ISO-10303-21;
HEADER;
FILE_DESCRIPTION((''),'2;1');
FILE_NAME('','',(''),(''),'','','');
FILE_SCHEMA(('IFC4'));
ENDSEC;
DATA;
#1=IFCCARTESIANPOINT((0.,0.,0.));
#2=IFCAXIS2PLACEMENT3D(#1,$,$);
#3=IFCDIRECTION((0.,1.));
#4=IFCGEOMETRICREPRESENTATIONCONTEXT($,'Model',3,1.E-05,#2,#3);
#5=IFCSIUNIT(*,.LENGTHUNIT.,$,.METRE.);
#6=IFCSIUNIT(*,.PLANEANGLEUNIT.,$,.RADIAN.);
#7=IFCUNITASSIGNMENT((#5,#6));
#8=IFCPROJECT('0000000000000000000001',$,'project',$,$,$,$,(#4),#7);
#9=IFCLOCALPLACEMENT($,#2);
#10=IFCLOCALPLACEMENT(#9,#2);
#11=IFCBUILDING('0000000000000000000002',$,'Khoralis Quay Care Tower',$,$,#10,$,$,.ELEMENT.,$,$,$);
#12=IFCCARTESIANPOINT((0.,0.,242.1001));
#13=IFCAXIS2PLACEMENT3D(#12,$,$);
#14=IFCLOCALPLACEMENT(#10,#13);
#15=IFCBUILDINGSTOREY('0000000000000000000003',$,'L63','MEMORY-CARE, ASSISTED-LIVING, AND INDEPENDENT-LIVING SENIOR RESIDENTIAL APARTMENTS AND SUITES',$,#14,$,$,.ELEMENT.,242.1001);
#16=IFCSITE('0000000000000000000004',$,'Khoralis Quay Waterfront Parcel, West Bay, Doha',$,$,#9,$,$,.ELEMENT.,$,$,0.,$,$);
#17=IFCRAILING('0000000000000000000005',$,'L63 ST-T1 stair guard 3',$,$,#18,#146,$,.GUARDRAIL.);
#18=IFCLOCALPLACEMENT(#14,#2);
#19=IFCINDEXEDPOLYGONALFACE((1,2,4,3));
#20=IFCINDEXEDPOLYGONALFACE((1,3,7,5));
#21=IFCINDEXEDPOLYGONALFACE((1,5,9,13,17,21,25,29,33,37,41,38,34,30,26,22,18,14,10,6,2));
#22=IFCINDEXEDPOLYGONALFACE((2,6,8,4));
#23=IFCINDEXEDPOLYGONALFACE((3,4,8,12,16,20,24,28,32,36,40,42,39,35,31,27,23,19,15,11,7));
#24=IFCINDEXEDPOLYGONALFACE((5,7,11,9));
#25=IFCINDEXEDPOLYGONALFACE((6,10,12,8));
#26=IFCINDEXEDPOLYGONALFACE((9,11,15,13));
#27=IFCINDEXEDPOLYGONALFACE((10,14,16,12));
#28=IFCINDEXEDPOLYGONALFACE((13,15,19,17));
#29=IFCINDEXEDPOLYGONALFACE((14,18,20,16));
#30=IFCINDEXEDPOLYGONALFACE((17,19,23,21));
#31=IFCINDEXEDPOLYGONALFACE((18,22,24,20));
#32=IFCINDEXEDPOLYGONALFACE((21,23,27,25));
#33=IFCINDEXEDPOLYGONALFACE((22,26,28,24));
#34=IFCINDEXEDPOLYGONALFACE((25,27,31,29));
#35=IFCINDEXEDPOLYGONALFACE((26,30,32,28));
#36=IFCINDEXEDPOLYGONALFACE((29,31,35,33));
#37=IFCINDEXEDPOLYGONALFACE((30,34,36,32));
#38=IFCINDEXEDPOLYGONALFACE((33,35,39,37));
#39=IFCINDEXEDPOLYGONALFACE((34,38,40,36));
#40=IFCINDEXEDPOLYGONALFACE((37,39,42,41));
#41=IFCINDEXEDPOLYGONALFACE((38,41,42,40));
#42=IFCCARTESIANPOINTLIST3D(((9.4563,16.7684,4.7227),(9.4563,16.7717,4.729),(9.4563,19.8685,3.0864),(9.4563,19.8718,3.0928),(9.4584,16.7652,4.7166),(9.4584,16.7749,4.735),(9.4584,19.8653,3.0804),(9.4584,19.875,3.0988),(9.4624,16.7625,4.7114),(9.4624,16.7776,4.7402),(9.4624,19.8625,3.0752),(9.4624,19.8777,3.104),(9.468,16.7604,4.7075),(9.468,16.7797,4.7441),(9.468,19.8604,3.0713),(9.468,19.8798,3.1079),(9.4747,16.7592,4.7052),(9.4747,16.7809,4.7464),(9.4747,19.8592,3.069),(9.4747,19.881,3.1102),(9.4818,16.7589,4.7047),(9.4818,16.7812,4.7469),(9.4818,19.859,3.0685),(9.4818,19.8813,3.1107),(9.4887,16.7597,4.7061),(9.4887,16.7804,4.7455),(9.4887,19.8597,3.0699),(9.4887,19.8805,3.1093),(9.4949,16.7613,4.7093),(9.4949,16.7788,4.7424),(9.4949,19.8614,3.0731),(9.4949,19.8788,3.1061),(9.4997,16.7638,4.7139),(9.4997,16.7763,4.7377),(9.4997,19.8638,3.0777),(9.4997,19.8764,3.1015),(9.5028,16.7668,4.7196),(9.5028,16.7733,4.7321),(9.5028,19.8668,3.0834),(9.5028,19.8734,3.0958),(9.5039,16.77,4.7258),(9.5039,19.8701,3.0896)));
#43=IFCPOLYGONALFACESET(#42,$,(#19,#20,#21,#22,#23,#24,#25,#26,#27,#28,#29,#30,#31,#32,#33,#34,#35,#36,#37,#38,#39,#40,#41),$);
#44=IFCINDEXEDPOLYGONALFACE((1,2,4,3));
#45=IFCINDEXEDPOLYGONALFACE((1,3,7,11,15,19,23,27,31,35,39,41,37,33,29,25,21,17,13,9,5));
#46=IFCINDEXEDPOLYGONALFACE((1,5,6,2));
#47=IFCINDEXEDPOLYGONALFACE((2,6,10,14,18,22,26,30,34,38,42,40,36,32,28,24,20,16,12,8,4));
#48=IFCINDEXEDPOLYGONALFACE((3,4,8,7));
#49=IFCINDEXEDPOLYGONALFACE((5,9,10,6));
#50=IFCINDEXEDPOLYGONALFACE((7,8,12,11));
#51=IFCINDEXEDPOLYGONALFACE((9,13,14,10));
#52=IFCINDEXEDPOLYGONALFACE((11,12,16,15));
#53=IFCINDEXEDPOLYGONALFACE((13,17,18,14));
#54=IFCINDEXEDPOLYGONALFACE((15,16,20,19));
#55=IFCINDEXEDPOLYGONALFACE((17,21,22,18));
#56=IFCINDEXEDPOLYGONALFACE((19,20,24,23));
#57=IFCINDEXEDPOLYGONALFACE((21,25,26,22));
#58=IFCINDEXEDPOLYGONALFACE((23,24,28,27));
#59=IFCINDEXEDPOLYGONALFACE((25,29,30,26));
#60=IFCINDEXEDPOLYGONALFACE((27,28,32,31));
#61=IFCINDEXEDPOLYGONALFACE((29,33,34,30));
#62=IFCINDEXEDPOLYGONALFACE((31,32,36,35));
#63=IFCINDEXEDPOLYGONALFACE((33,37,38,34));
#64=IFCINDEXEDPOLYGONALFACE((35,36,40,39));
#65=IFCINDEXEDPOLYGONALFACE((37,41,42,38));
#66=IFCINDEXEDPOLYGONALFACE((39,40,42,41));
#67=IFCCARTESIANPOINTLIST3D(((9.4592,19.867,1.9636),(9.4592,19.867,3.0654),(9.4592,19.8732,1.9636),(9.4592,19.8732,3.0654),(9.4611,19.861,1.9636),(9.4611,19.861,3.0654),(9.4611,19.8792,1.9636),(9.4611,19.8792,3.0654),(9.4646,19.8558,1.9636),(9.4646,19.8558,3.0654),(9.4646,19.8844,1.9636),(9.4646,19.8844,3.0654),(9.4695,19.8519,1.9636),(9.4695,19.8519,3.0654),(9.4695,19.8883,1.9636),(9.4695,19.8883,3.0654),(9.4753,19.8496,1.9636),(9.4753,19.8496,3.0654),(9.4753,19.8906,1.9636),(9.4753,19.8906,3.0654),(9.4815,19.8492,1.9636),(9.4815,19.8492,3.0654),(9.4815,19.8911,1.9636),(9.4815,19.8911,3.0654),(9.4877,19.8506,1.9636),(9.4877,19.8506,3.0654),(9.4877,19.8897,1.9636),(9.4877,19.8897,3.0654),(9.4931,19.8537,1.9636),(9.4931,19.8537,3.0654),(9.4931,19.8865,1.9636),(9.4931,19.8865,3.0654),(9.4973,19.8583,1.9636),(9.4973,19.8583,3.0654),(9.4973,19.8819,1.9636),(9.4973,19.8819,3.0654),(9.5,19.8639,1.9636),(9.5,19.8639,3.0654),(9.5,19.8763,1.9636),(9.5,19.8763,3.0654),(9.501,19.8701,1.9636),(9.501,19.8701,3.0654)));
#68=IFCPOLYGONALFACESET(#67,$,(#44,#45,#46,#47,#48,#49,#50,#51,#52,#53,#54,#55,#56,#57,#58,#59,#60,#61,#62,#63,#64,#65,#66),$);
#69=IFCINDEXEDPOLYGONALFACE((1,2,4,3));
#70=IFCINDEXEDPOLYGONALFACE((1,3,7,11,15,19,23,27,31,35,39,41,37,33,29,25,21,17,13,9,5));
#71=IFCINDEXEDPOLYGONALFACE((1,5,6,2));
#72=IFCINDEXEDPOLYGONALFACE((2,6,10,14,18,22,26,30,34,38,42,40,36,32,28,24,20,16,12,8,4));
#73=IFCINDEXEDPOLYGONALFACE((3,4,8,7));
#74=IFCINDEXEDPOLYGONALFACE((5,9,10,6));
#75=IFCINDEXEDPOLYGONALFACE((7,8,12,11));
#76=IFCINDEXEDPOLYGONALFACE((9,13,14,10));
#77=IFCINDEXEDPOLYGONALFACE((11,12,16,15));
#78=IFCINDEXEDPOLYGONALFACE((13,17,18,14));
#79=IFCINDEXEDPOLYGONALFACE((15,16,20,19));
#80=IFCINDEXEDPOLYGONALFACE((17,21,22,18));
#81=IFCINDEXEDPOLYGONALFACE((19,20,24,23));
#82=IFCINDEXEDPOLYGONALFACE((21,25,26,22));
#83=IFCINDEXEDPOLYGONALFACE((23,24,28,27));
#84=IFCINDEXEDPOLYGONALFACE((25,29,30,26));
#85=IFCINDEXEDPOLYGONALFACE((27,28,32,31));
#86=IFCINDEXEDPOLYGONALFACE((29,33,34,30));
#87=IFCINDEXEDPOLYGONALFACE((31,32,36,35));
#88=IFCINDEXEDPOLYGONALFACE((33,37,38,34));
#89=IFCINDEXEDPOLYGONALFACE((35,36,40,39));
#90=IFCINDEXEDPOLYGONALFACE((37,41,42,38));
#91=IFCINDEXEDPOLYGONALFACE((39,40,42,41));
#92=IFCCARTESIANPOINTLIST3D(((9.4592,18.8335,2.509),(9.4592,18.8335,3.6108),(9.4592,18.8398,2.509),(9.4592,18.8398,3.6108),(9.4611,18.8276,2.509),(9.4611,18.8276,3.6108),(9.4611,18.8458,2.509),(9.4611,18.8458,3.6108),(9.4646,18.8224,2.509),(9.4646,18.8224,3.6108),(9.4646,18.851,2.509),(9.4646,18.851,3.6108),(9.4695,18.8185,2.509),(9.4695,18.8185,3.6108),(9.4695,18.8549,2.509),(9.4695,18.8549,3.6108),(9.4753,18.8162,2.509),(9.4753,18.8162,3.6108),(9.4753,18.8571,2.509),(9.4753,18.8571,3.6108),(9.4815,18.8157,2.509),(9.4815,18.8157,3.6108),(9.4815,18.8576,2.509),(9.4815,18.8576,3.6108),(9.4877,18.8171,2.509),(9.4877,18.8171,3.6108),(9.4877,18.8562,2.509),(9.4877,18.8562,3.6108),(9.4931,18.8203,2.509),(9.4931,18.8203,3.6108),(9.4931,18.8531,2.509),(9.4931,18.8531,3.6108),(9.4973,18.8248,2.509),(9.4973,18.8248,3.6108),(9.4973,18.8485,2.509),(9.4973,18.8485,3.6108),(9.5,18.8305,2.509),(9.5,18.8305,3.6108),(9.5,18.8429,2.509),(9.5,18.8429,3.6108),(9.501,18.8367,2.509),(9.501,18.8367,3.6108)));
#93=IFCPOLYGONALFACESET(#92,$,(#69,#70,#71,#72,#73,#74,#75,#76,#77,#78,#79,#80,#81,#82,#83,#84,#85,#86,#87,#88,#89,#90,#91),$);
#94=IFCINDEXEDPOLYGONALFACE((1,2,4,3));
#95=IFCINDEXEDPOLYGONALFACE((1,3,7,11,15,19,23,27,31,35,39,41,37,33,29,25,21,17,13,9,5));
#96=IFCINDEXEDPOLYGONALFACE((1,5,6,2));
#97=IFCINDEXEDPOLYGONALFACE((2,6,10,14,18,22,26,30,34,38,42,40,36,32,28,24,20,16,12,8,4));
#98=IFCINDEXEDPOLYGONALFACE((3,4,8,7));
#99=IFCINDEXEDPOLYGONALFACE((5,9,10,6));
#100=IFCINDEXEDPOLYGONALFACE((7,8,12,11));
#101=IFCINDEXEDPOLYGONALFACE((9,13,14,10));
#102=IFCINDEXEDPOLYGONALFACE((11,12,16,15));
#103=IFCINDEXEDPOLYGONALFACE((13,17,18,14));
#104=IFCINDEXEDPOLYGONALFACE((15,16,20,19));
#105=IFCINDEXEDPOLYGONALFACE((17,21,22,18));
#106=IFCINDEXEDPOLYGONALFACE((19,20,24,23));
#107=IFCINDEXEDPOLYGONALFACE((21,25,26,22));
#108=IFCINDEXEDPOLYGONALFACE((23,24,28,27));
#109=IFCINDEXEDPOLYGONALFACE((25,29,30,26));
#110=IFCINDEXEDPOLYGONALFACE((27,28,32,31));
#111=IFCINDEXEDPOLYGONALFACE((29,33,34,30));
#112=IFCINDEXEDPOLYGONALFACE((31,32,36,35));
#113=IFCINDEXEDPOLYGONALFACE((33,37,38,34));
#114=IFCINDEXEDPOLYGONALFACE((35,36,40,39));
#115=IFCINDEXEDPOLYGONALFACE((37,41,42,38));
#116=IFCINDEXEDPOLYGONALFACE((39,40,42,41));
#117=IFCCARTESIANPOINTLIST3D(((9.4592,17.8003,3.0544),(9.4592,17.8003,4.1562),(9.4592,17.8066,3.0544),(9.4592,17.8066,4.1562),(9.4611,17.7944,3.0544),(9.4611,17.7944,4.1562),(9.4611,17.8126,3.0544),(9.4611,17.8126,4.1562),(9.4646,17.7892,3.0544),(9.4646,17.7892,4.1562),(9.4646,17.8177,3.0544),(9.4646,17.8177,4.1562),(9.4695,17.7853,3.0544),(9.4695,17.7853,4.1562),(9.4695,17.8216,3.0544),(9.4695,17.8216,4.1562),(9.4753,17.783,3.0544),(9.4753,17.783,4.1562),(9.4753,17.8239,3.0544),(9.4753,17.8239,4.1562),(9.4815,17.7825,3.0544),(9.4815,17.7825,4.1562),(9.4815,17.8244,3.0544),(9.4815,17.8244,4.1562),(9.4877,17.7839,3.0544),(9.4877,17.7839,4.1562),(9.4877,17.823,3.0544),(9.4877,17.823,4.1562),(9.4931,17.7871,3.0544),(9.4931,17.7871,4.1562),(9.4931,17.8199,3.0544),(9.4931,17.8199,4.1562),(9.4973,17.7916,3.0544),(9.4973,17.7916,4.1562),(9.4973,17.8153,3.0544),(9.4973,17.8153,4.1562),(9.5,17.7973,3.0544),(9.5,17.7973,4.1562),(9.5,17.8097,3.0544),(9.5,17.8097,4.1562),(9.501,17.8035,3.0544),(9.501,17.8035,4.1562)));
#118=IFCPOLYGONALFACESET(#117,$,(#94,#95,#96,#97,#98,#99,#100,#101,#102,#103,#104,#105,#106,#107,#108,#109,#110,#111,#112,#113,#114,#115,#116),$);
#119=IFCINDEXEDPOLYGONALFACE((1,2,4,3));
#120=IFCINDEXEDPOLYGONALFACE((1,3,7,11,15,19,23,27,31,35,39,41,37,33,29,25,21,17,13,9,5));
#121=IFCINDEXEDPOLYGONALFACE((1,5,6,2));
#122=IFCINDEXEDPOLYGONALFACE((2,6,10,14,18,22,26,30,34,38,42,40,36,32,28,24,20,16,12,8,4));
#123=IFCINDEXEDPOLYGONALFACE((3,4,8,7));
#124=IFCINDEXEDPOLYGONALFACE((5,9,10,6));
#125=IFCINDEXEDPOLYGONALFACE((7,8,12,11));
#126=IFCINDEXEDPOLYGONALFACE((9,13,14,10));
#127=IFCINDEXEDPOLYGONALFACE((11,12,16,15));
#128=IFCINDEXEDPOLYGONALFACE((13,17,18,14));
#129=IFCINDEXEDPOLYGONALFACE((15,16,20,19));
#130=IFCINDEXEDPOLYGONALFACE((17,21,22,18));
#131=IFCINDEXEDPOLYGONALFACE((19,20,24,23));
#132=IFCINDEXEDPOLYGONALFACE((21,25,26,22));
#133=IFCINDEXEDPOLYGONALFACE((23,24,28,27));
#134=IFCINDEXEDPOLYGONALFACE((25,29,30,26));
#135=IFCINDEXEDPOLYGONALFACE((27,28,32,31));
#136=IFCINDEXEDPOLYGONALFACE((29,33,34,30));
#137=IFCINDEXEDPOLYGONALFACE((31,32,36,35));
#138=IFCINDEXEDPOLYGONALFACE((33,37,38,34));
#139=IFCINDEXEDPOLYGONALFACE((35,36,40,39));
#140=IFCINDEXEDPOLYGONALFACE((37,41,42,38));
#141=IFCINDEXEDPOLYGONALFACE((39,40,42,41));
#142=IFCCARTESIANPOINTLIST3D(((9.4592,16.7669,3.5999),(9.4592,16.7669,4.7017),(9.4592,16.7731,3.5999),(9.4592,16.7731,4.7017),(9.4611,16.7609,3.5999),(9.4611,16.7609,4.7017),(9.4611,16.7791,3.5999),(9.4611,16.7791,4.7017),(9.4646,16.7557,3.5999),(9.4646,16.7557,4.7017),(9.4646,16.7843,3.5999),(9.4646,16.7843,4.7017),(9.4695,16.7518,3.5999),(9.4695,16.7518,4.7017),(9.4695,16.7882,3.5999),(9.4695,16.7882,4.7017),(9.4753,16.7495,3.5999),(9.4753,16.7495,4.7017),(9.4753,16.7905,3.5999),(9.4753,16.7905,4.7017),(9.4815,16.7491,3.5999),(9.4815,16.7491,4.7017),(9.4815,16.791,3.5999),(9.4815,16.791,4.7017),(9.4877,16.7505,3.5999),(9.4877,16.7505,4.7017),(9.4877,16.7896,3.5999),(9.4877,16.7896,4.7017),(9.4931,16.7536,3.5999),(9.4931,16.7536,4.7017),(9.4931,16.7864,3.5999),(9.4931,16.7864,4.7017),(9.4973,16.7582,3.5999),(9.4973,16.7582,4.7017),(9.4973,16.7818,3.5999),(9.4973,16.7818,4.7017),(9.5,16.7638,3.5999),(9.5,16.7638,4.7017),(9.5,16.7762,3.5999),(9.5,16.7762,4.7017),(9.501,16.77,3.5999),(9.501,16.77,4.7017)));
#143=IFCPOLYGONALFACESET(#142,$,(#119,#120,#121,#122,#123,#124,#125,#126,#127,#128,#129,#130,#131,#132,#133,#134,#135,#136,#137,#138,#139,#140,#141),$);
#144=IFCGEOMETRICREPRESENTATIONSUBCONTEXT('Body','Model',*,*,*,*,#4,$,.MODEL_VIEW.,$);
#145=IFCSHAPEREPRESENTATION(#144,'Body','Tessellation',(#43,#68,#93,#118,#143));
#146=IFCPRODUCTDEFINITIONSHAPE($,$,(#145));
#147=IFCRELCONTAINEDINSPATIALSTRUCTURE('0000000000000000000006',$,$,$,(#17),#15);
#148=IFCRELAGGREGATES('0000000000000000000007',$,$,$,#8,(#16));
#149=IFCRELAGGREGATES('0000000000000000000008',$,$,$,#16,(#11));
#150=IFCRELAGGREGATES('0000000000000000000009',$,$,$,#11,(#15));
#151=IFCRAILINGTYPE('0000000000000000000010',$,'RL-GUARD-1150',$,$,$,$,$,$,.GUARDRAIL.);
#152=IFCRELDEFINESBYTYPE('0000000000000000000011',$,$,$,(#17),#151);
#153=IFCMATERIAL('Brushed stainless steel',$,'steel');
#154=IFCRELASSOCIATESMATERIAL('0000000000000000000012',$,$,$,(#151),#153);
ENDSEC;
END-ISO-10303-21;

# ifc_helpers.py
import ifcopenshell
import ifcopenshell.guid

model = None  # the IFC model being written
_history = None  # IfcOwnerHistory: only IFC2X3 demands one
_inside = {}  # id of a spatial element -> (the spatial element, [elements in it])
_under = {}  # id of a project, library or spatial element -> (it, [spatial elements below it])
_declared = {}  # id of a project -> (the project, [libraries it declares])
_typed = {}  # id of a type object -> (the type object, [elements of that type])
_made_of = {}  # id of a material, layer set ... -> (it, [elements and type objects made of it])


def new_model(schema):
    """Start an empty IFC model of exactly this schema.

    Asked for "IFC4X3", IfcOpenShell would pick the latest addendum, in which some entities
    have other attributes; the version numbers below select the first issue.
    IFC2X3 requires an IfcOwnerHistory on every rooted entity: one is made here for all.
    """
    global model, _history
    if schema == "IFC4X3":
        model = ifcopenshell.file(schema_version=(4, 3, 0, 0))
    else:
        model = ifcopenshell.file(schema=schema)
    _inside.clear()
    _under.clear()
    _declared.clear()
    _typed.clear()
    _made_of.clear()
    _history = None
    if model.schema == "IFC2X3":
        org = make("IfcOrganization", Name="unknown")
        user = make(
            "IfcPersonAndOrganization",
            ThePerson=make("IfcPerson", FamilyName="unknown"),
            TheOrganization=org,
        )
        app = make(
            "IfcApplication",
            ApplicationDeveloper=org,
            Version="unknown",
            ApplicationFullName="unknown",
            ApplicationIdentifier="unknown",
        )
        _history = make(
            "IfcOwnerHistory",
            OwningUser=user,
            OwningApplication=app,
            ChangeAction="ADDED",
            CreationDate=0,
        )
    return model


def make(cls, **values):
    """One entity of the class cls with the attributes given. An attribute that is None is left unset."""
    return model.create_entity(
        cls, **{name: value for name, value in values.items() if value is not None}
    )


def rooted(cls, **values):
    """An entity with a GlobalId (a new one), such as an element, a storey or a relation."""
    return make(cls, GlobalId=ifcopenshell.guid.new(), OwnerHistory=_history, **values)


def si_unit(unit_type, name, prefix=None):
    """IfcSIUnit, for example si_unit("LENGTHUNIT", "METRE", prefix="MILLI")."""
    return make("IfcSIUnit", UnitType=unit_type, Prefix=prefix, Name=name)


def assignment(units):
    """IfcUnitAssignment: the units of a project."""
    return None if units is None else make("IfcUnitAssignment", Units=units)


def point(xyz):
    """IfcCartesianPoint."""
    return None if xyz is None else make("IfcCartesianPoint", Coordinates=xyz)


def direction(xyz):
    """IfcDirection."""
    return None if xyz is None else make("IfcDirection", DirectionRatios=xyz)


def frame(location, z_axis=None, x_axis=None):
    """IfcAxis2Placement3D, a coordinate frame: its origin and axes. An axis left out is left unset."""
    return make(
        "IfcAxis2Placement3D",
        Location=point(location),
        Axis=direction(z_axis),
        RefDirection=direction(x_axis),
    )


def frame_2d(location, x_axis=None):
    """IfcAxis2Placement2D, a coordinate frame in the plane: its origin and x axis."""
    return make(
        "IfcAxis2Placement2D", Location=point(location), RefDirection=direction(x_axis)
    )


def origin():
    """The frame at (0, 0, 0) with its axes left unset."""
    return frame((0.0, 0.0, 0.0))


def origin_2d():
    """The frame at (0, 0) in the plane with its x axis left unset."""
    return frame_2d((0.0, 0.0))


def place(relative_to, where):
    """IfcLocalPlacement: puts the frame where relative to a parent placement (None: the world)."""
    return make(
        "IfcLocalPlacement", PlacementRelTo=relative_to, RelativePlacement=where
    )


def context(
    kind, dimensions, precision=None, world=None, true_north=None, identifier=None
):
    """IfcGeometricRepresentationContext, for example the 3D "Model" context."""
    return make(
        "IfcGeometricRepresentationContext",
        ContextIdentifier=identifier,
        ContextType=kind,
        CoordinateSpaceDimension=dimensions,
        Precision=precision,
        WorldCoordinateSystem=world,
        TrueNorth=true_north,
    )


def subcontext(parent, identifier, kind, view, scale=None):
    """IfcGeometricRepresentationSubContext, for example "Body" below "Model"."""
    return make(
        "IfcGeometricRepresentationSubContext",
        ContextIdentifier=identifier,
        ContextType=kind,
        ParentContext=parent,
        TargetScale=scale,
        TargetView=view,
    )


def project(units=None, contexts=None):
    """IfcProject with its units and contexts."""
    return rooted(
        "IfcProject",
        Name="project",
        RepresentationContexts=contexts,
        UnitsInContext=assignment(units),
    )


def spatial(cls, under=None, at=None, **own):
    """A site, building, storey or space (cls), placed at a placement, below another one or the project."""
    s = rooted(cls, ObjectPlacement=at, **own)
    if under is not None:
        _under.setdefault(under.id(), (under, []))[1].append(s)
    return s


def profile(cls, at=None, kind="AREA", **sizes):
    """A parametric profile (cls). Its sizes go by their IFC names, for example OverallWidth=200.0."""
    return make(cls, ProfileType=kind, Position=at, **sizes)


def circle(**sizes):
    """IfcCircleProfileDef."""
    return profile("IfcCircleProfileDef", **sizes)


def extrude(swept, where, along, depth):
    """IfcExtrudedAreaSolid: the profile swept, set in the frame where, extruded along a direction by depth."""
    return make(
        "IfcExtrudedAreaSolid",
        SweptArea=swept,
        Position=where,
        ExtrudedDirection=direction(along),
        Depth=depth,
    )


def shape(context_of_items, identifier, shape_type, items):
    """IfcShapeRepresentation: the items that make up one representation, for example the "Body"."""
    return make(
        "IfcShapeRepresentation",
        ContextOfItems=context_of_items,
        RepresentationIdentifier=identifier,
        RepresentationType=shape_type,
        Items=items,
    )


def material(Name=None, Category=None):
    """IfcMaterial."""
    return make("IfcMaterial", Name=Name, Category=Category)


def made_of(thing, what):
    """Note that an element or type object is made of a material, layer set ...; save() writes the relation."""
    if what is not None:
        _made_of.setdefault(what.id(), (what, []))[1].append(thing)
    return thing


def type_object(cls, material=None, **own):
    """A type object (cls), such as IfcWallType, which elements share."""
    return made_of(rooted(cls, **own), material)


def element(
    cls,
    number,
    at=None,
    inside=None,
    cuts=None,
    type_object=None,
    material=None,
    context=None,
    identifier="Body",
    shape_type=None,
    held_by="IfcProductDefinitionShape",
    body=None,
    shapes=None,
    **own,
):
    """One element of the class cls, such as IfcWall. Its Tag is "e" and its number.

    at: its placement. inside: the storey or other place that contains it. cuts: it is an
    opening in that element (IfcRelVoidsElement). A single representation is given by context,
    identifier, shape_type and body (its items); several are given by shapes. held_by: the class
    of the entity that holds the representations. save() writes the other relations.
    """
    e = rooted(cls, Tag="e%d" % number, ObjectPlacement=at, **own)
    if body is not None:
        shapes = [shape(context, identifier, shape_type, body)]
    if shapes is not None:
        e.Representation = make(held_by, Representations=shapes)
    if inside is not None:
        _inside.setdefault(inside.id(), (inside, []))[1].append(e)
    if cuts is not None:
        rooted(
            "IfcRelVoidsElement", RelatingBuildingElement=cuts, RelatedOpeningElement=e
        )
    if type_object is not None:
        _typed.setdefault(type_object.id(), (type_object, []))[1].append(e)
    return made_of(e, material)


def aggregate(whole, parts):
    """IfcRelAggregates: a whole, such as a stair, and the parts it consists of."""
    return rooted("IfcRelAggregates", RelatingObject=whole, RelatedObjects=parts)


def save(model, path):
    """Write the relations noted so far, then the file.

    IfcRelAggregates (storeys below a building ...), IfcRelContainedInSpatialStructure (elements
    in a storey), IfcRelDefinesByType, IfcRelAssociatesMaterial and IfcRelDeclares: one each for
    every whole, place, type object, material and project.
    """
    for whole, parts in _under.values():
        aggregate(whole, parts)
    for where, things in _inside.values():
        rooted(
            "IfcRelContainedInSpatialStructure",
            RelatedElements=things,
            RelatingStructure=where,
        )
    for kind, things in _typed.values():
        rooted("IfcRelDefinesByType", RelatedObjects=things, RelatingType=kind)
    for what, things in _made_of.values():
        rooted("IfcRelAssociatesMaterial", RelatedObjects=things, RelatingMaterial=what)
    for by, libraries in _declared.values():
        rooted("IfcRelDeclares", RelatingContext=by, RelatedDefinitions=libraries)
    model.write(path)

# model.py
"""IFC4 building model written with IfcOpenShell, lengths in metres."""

from ifc_helpers import new_model, si_unit, direction, frame, origin, origin_2d, place, context, subcontext, project, spatial, circle, extrude, material, type_object, element, save


model = new_model("IFC4")

# Units and contexts
model_context = context("Model", 3, precision=1e-05, world=origin(), true_north=direction((0.0, 1.0)))
body_context = subcontext(model_context, "Body", "Model", "MODEL_VIEW")
ifc_project = project(units=[si_unit("LENGTHUNIT", "METRE"), si_unit("PLANEANGLEUNIT", "RADIAN")], contexts=[model_context])

# Site, building, storey
site_placement = place(None, origin())
site = spatial("IfcSite", under=ifc_project, at=site_placement, Name="Khoralis Quay Waterfront Parcel, West Bay, Doha", CompositionType="ELEMENT", RefElevation=0.0)
building_placement = place(site_placement, origin())
building = spatial("IfcBuilding", under=site, at=building_placement, Name="Khoralis Quay Care Tower", CompositionType="ELEMENT")
storey_placement = place(building_placement, frame((0.0, 0.0, 242.1001)))
storey = spatial("IfcBuildingStorey", under=building, at=storey_placement, Name="L63", Description="MEMORY-CARE, ASSISTED-LIVING, AND INDEPENDENT-LIVING SENIOR RESIDENTIAL APARTMENTS AND SUITES", CompositionType="ELEMENT", Elevation=242.1001)

# Shared definitions
ifc_material_1 = material(Name="Brushed stainless steel", Category="steel")

# Railing
railing_type_1 = type_object("IfcRailingType", Name="RL-GUARD-1150", PredefinedType="GUARDRAIL", material=ifc_material_1)
railing_1_placement = place(storey_placement, frame((9.48, 19.8701, 1.9636)))
element("IfcRailing", 1, at=railing_1_placement, inside=storey, type_object=railing_type_1, Name="L63 ST-T1 stair guard 3", PredefinedType="GUARDRAIL", context=body_context, shape_type="SweptSolid", body=[
    extrude(circle(Radius=0.0239, at=origin_2d()), frame((0.0, 0.0, 1.126), z_axis=(0.0, -0.884377, 0.466774), x_axis=(1.0, 0.0, 0.0)), (0.0, 0.0, 1.0), 3.5054),
    extrude(circle(Radius=0.021, at=origin_2d()), origin(), (0.0, 0.0, 1.0), 1.1018),
    extrude(circle(Radius=0.021, at=origin_2d()), frame((0.0, -1.0334, 0.5454)), (0.0, 0.0, 1.0), 1.1018),
    extrude(circle(Radius=0.021, at=origin_2d()), frame((0.0, -2.0667, 1.0908)), (0.0, 0.0, 1.0), 1.1018),
    extrude(circle(Radius=0.021, at=origin_2d()), frame((0.0, -3.1001, 1.6362)), (0.0, 0.0, 1.0), 1.1018),
])

save(model, "model.ifc")
